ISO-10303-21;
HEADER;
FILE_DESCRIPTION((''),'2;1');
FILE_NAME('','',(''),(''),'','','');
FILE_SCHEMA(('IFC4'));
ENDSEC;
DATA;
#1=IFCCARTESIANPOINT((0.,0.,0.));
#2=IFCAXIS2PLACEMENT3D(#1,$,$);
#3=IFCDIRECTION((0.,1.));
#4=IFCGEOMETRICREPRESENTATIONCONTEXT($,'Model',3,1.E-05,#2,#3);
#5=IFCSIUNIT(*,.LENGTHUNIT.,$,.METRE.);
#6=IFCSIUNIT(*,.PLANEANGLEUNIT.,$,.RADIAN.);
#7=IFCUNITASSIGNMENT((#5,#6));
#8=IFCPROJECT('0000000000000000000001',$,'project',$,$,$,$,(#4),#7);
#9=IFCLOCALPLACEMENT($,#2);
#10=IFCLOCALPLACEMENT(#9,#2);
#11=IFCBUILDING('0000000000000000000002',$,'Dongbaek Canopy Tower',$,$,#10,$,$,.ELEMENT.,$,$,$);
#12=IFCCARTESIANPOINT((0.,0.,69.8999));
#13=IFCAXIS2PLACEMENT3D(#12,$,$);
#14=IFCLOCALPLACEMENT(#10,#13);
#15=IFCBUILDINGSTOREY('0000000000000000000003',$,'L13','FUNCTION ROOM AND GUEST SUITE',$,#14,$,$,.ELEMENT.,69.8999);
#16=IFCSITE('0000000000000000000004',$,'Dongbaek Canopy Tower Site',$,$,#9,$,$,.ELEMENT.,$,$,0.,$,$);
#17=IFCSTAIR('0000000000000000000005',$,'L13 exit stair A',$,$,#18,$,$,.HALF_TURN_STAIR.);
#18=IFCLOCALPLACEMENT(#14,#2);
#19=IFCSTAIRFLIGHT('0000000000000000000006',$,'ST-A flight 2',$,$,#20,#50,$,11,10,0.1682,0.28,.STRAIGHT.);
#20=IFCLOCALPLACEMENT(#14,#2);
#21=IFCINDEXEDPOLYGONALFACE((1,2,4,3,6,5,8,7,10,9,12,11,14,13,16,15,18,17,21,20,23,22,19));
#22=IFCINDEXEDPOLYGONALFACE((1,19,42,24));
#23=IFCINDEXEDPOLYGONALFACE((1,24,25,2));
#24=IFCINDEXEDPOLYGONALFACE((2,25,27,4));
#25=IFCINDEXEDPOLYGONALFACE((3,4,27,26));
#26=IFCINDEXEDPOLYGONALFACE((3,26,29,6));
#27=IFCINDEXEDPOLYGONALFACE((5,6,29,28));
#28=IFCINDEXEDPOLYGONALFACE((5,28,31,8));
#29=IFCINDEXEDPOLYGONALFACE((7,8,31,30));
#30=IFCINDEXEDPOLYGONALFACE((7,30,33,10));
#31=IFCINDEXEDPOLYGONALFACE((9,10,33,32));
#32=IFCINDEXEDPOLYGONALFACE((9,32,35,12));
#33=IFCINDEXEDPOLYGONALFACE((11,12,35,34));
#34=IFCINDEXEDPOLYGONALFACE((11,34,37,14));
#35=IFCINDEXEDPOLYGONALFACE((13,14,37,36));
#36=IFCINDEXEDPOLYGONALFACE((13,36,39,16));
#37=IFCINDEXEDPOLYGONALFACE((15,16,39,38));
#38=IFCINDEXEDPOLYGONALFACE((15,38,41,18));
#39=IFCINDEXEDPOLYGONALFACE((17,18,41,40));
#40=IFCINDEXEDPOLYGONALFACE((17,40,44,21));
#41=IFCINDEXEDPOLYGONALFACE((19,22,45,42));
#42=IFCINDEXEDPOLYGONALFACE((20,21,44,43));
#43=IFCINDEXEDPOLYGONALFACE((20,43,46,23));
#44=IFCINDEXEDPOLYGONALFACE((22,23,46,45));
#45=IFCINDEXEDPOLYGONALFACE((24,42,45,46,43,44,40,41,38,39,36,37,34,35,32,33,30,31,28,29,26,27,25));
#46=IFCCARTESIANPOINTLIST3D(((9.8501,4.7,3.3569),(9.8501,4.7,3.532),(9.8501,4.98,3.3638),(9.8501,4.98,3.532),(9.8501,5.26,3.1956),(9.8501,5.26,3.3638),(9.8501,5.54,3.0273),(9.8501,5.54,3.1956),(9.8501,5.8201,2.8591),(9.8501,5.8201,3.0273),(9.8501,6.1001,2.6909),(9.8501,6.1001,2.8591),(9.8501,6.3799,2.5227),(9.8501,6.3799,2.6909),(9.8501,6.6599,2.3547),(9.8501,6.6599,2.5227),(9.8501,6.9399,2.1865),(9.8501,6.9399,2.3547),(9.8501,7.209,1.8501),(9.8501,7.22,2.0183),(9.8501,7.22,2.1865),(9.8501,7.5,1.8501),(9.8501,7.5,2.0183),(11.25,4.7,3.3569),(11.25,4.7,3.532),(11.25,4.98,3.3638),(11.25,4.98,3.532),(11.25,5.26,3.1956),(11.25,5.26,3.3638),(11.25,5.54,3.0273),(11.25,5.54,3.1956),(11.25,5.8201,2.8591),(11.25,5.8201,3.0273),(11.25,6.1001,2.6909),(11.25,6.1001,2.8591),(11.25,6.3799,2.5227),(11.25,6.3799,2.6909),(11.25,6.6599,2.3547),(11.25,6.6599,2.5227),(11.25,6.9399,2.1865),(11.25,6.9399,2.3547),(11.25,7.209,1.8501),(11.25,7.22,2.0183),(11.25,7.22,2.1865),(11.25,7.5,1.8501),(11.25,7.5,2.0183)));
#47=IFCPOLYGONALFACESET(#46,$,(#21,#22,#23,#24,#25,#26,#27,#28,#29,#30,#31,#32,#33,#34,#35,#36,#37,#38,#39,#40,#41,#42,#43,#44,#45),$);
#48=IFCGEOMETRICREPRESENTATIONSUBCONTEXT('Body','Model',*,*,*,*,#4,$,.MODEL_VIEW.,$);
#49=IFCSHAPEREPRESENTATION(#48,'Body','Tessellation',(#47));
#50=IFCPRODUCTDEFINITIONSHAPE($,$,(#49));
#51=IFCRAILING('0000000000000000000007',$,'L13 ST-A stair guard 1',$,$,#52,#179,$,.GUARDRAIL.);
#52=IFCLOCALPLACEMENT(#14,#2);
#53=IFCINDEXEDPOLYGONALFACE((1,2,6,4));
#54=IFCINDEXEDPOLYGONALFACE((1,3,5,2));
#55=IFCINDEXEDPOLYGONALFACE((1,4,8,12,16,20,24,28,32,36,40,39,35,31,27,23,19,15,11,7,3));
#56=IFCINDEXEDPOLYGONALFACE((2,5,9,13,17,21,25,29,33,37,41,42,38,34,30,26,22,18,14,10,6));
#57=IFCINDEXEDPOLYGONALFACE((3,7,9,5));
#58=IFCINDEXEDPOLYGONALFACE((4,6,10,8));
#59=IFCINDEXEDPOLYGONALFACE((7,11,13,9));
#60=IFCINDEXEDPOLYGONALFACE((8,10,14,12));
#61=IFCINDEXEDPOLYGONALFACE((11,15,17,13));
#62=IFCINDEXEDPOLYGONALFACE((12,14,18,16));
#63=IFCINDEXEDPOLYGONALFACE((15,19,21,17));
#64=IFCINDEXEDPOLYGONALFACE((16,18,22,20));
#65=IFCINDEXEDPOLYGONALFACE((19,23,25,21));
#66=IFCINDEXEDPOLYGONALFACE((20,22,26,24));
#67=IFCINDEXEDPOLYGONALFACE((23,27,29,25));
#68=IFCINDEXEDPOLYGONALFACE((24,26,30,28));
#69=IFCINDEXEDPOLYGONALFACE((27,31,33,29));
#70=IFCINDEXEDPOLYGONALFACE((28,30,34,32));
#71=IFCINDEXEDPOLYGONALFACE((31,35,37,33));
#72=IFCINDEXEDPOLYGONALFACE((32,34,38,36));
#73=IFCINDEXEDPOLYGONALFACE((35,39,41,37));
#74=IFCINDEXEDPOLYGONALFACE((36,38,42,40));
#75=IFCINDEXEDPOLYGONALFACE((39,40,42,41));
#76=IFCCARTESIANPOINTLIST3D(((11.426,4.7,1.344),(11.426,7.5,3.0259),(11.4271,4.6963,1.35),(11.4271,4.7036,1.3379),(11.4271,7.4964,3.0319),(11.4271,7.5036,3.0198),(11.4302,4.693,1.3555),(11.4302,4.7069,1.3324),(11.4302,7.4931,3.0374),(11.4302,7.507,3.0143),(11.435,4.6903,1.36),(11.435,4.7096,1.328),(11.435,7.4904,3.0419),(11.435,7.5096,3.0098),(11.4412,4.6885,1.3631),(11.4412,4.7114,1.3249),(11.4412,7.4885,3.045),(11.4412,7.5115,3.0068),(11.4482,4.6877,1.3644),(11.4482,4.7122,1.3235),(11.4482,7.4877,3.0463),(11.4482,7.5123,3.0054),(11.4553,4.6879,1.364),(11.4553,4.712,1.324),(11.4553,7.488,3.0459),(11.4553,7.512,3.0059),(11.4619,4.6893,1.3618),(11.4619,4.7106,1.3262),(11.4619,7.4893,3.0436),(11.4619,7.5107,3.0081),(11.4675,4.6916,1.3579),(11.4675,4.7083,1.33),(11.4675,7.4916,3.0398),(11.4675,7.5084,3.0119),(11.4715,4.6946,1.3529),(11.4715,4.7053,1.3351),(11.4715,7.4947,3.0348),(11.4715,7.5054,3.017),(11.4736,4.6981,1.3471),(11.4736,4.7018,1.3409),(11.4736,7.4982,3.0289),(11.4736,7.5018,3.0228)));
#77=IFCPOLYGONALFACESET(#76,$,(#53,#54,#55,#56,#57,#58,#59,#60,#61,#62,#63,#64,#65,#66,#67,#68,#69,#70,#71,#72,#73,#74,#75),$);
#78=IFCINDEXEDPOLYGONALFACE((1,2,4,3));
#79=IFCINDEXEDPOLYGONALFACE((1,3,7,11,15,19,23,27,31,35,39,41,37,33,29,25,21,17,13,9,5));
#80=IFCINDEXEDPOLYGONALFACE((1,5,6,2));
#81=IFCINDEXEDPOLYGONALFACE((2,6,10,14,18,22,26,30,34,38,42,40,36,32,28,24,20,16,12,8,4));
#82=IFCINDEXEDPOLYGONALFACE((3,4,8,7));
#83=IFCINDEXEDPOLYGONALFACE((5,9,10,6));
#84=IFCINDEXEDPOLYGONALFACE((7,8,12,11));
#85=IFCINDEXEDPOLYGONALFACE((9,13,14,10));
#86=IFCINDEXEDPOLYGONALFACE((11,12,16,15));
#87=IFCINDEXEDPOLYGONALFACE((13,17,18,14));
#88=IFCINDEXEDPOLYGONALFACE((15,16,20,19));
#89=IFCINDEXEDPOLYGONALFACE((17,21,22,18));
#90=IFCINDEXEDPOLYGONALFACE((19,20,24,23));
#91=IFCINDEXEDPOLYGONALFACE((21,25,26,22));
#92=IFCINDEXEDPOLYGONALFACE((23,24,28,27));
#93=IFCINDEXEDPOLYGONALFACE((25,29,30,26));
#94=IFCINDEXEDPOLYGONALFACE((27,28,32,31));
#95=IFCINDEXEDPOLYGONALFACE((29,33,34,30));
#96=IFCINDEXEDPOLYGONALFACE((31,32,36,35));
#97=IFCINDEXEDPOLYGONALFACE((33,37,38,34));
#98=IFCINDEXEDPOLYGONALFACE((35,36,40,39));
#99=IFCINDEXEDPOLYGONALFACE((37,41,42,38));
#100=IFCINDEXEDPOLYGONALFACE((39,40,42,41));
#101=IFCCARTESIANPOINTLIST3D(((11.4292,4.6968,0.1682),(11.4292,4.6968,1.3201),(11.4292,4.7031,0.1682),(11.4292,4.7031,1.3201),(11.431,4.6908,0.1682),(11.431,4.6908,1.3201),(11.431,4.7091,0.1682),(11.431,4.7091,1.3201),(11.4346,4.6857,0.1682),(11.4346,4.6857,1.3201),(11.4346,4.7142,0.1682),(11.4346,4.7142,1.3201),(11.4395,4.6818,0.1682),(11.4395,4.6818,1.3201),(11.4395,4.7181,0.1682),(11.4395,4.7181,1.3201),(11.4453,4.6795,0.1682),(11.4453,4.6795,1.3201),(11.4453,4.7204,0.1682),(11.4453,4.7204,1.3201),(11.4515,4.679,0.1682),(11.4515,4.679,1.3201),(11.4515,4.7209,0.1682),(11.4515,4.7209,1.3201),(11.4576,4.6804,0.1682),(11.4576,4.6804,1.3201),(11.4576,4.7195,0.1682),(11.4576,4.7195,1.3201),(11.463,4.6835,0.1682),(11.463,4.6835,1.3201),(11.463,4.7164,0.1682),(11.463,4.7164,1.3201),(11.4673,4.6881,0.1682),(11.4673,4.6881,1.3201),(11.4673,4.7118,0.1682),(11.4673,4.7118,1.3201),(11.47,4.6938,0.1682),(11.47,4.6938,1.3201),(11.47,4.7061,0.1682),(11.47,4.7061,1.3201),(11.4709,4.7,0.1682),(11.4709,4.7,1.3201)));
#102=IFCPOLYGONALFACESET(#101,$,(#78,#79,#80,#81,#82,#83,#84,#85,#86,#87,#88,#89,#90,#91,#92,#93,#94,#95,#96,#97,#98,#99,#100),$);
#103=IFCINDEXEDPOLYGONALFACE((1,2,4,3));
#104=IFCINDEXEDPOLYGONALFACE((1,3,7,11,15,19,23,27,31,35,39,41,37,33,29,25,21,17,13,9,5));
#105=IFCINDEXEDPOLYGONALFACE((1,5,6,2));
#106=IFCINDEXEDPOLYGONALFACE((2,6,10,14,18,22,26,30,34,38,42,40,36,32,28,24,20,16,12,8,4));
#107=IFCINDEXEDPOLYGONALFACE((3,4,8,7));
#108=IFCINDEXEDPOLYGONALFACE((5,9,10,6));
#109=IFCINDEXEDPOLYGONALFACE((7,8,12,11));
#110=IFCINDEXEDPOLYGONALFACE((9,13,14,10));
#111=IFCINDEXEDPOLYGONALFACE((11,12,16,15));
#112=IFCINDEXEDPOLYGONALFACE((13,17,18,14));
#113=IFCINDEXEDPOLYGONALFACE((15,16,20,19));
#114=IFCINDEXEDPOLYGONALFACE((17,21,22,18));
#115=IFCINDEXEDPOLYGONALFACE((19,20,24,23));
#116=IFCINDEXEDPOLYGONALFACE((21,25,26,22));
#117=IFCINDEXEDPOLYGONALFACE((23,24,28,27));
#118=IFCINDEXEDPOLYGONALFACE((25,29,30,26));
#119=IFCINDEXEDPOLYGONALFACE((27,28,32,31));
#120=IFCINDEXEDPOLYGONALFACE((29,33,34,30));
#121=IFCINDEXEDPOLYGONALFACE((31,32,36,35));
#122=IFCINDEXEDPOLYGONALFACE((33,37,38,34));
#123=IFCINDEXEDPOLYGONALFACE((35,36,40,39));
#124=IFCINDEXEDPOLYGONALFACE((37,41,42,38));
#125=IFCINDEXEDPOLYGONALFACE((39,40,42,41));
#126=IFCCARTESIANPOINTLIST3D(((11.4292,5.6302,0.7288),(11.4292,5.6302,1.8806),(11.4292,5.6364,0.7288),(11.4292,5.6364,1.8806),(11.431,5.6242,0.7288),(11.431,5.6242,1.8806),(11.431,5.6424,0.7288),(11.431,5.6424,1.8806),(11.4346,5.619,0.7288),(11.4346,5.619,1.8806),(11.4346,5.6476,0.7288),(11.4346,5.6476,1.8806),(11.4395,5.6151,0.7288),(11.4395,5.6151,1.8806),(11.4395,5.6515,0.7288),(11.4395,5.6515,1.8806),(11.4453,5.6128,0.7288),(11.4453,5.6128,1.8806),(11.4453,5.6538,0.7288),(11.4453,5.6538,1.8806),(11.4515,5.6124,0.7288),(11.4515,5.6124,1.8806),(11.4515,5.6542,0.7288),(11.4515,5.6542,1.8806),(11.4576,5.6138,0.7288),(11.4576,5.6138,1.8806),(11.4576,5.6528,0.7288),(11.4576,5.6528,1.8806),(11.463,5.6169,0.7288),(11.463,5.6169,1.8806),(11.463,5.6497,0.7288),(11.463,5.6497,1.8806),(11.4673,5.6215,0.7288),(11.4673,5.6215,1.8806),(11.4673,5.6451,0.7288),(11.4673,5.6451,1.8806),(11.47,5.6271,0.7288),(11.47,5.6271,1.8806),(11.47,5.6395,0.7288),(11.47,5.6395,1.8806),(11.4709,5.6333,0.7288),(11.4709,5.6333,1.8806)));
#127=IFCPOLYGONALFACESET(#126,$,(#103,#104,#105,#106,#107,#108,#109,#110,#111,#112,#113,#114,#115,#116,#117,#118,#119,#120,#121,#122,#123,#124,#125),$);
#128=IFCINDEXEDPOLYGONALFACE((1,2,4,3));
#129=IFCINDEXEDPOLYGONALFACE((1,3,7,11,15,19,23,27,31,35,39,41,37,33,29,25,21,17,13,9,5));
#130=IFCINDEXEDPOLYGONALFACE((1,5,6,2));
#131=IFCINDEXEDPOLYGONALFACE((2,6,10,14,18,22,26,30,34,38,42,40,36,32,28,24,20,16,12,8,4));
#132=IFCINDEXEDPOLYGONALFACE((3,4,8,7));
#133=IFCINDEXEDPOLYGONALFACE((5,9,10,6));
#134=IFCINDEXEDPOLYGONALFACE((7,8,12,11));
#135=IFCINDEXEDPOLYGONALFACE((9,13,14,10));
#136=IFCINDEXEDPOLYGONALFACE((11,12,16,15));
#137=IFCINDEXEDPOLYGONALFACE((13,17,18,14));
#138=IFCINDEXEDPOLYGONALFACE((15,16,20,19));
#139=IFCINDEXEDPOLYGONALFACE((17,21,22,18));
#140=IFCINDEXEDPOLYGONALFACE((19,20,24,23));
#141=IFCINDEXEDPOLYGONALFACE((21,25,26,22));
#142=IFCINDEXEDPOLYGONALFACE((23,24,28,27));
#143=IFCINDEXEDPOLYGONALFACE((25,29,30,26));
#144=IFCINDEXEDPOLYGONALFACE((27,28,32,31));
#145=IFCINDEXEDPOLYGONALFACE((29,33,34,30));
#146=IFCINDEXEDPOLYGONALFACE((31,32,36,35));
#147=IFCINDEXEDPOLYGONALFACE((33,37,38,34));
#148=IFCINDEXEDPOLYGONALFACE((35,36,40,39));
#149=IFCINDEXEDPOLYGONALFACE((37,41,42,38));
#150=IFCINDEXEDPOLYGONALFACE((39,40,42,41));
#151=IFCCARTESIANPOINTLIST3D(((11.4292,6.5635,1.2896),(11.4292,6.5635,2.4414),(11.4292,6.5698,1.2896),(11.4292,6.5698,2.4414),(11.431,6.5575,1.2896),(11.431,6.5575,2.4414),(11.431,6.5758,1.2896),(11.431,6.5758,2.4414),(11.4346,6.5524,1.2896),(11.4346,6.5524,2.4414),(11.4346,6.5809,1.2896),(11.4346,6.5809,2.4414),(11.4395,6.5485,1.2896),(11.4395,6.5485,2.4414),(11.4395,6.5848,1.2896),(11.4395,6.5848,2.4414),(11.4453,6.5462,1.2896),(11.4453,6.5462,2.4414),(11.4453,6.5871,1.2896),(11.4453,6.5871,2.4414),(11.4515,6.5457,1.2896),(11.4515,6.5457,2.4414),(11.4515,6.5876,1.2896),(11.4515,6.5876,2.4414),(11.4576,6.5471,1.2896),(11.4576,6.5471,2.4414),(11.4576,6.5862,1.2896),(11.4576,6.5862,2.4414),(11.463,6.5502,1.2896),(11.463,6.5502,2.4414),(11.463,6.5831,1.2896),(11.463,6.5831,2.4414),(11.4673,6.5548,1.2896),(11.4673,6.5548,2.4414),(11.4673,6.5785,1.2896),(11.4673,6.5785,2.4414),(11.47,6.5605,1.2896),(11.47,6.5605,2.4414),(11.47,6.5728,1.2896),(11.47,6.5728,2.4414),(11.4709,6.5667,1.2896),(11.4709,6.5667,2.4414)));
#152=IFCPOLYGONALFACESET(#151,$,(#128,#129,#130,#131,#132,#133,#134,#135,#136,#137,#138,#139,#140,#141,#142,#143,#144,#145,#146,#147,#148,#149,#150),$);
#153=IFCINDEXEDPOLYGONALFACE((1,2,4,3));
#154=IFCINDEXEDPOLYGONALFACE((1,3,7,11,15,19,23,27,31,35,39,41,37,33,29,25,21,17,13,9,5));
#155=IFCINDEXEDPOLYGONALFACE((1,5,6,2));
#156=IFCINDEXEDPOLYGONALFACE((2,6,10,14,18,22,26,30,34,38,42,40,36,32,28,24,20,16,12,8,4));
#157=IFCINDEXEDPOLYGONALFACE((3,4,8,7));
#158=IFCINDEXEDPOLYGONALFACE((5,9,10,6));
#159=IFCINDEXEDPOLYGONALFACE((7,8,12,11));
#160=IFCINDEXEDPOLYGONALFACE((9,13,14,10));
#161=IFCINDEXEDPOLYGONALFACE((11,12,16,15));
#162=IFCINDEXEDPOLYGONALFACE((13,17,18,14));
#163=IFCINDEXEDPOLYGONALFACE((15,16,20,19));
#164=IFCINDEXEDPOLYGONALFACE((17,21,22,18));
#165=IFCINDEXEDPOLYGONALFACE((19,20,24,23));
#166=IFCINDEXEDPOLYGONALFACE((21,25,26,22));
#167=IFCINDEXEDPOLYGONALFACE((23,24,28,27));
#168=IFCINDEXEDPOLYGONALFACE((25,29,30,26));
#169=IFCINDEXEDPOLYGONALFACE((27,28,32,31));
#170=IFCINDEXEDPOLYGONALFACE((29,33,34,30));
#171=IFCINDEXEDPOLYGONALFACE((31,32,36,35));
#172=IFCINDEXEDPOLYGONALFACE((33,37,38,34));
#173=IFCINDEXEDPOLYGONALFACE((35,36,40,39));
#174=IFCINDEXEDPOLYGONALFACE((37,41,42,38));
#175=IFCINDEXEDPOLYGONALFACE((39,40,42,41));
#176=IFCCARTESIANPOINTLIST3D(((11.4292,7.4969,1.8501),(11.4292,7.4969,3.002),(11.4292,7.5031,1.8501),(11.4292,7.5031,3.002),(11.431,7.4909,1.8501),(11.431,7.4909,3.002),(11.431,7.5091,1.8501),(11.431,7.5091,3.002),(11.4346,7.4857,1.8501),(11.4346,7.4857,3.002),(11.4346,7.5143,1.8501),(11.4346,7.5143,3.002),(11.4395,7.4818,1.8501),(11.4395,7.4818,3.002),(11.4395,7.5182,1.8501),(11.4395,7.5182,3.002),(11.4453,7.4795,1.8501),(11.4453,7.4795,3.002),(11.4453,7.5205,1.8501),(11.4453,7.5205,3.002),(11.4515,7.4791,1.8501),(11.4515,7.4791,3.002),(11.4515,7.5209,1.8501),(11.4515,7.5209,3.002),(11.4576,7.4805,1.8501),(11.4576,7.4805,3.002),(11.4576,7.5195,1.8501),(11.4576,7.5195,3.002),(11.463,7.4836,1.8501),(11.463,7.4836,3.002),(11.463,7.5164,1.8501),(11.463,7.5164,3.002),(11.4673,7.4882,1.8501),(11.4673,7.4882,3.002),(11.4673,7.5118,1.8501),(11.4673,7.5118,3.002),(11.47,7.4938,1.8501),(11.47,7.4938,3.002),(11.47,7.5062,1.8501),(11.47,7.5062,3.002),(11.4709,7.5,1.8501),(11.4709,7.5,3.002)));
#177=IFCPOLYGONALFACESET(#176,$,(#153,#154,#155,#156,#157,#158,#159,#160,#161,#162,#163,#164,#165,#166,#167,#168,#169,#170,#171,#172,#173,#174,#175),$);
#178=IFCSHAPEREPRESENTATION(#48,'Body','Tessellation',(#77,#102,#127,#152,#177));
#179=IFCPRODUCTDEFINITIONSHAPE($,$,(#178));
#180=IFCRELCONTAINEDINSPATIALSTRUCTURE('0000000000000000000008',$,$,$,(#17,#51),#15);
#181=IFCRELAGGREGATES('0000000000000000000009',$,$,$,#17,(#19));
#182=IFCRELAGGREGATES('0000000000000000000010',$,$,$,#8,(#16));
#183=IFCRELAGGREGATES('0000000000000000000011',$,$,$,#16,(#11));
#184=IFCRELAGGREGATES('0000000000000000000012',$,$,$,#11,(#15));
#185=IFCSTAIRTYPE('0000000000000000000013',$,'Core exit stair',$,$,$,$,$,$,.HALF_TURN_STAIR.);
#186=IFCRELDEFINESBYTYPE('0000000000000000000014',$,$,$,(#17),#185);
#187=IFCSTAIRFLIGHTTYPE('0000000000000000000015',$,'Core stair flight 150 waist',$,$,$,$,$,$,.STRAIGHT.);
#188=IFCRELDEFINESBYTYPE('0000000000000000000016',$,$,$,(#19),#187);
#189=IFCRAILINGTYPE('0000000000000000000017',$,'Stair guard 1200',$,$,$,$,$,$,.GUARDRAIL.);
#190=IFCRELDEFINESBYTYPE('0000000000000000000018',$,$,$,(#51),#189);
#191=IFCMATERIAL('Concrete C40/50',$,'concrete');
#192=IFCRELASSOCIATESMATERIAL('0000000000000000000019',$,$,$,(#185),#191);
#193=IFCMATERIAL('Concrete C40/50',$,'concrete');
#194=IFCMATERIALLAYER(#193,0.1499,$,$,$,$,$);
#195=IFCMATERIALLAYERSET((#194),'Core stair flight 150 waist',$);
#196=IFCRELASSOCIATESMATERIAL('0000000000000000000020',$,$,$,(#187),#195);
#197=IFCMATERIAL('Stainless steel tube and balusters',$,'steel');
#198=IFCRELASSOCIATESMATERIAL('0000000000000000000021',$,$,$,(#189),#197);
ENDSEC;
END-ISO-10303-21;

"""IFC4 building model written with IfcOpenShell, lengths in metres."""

from ifc_helpers import new_model, si_unit, direction, frame, origin, origin_2d, place, context, subcontext, project, spatial, polyline, circle, outline, extrude, material, layer, layer_set, type_object, element, aggregate, save


model = new_model("IFC4")

# Units and contexts
model_context = context("Model", 3, precision=1e-05, world=origin(), true_north=direction((0.0, 1.0)))
body_context = subcontext(model_context, "Body", "Model", "MODEL_VIEW")
ifc_project = project(units=[si_unit("LENGTHUNIT", "METRE"), si_unit("PLANEANGLEUNIT", "RADIAN")], contexts=[model_context])

# Site, building, storey
site_placement = place(None, origin())
site = spatial("IfcSite", under=ifc_project, at=site_placement, Name="Dongbaek Canopy Tower Site", CompositionType="ELEMENT", RefElevation=0.0)
building_placement = place(site_placement, origin())
building = spatial("IfcBuilding", under=site, at=building_placement, Name="Dongbaek Canopy Tower", CompositionType="ELEMENT")
storey_placement = place(building_placement, frame((0.0, 0.0, 69.8999)))
storey = spatial("IfcBuildingStorey", under=building, at=storey_placement, Name="L13", Description="FUNCTION ROOM AND GUEST SUITE", CompositionType="ELEMENT", Elevation=69.8999)

# Stair, stair flight
ifc_material_1 = material(Name="Concrete C40/50", Category="concrete")
stair_type = type_object("IfcStairType", Name="Core exit stair", PredefinedType="HALF_TURN_STAIR", material=ifc_material_1)
stair_placement = place(storey_placement, origin())
stair = element("IfcStair", 1, at=stair_placement, inside=storey, type_object=stair_type, Name="L13 exit stair A", PredefinedType="HALF_TURN_STAIR")
ifc_material_2 = material(Name="Concrete C40/50", Category="concrete")
ifc_layer_1 = layer(ifc_material_2, 0.1499)
ifc_layer_set_1 = layer_set([ifc_layer_1], Name="Core stair flight 150 waist")
stair_flight_type = type_object("IfcStairFlightType", Name="Core stair flight 150 waist", PredefinedType="STRAIGHT", material=ifc_layer_set_1)
stair_flight_1_placement = place(storey_placement, frame((10.55, 7.5, 1.8501), z_axis=(0.0, 0.0, 1.0), x_axis=(0.0, -1.0, 0.0)))
stair_flight_1 = element("IfcStairFlight", 2, at=stair_flight_1_placement, type_object=stair_flight_type, Name="ST-A flight 2", NumberOfRisers=11, NumberOfTreads=10, PredefinedType="STRAIGHT", RiserHeight=0.1682, TreadLength=0.28, context=body_context, shape_type="SweptSolid", body=[
    extrude(outline(polyline([(0.0, 0.0), (0.0, 0.1682), (0.28, 0.1682), (0.28, 0.3364), (0.5601, 0.3364), (0.5601, 0.5046), (0.8401, 0.5046), (0.8401, 0.6726), (1.1201, 0.6726), (1.1201, 0.8408), (1.3999, 0.8408), (1.3999, 1.009), (1.6799, 1.009), (1.6799, 1.1772), (1.96, 1.1772), (1.96, 1.3455), (2.24, 1.3455), (2.24, 1.5137), (2.52, 1.5137), (2.52, 1.6819), (2.8, 1.6819), (2.8, 1.8501), (2.8, 1.5068), (0.291, 0.0), (0.0, 0.0)])), frame((0.0, 0.7, 0.0), z_axis=(0.0, -1.0, 0.0), x_axis=(1.0, 0.0, 0.0)), (0.0, 0.0, 1.0), 1.3999),
])
aggregate(stair, [stair_flight_1])

# Railing
ifc_material_3 = material(Name="Stainless steel tube and balusters", Category="steel")
railing_type_1 = type_object("IfcRailingType", Name="Stair guard 1200", PredefinedType="GUARDRAIL", material=ifc_material_3)
railing_1_placement = place(storey_placement, frame((11.45, 4.7, 0.1682)))
element("IfcRailing", 3, at=railing_1_placement, inside=storey, type_object=railing_type_1, Name="L13 ST-A stair guard 1", PredefinedType="GUARDRAIL", context=body_context, shape_type="SweptSolid", body=[
    extrude(circle(Radius=0.0239, at=origin_2d()), frame((0.0, 0.0, 1.1758), z_axis=(0.0, 0.857242, 0.514913), x_axis=(-1.0, 0.0, 0.0)), (0.0, 0.0, 1.0), 3.2664),
    extrude(circle(Radius=0.021, at=origin_2d()), origin(), (0.0, 0.0, 1.0), 1.1519),
    extrude(circle(Radius=0.021, at=origin_2d()), frame((0.0, 0.9333, 0.5605)), (0.0, 0.0, 1.0), 1.1519),
    extrude(circle(Radius=0.021, at=origin_2d()), frame((0.0, 1.8667, 1.1213)), (0.0, 0.0, 1.0), 1.1519),
    extrude(circle(Radius=0.021, at=origin_2d()), frame((0.0, 2.8, 1.6819)), (0.0, 0.0, 1.0), 1.1519),
])

save(model, "model.ifc")
